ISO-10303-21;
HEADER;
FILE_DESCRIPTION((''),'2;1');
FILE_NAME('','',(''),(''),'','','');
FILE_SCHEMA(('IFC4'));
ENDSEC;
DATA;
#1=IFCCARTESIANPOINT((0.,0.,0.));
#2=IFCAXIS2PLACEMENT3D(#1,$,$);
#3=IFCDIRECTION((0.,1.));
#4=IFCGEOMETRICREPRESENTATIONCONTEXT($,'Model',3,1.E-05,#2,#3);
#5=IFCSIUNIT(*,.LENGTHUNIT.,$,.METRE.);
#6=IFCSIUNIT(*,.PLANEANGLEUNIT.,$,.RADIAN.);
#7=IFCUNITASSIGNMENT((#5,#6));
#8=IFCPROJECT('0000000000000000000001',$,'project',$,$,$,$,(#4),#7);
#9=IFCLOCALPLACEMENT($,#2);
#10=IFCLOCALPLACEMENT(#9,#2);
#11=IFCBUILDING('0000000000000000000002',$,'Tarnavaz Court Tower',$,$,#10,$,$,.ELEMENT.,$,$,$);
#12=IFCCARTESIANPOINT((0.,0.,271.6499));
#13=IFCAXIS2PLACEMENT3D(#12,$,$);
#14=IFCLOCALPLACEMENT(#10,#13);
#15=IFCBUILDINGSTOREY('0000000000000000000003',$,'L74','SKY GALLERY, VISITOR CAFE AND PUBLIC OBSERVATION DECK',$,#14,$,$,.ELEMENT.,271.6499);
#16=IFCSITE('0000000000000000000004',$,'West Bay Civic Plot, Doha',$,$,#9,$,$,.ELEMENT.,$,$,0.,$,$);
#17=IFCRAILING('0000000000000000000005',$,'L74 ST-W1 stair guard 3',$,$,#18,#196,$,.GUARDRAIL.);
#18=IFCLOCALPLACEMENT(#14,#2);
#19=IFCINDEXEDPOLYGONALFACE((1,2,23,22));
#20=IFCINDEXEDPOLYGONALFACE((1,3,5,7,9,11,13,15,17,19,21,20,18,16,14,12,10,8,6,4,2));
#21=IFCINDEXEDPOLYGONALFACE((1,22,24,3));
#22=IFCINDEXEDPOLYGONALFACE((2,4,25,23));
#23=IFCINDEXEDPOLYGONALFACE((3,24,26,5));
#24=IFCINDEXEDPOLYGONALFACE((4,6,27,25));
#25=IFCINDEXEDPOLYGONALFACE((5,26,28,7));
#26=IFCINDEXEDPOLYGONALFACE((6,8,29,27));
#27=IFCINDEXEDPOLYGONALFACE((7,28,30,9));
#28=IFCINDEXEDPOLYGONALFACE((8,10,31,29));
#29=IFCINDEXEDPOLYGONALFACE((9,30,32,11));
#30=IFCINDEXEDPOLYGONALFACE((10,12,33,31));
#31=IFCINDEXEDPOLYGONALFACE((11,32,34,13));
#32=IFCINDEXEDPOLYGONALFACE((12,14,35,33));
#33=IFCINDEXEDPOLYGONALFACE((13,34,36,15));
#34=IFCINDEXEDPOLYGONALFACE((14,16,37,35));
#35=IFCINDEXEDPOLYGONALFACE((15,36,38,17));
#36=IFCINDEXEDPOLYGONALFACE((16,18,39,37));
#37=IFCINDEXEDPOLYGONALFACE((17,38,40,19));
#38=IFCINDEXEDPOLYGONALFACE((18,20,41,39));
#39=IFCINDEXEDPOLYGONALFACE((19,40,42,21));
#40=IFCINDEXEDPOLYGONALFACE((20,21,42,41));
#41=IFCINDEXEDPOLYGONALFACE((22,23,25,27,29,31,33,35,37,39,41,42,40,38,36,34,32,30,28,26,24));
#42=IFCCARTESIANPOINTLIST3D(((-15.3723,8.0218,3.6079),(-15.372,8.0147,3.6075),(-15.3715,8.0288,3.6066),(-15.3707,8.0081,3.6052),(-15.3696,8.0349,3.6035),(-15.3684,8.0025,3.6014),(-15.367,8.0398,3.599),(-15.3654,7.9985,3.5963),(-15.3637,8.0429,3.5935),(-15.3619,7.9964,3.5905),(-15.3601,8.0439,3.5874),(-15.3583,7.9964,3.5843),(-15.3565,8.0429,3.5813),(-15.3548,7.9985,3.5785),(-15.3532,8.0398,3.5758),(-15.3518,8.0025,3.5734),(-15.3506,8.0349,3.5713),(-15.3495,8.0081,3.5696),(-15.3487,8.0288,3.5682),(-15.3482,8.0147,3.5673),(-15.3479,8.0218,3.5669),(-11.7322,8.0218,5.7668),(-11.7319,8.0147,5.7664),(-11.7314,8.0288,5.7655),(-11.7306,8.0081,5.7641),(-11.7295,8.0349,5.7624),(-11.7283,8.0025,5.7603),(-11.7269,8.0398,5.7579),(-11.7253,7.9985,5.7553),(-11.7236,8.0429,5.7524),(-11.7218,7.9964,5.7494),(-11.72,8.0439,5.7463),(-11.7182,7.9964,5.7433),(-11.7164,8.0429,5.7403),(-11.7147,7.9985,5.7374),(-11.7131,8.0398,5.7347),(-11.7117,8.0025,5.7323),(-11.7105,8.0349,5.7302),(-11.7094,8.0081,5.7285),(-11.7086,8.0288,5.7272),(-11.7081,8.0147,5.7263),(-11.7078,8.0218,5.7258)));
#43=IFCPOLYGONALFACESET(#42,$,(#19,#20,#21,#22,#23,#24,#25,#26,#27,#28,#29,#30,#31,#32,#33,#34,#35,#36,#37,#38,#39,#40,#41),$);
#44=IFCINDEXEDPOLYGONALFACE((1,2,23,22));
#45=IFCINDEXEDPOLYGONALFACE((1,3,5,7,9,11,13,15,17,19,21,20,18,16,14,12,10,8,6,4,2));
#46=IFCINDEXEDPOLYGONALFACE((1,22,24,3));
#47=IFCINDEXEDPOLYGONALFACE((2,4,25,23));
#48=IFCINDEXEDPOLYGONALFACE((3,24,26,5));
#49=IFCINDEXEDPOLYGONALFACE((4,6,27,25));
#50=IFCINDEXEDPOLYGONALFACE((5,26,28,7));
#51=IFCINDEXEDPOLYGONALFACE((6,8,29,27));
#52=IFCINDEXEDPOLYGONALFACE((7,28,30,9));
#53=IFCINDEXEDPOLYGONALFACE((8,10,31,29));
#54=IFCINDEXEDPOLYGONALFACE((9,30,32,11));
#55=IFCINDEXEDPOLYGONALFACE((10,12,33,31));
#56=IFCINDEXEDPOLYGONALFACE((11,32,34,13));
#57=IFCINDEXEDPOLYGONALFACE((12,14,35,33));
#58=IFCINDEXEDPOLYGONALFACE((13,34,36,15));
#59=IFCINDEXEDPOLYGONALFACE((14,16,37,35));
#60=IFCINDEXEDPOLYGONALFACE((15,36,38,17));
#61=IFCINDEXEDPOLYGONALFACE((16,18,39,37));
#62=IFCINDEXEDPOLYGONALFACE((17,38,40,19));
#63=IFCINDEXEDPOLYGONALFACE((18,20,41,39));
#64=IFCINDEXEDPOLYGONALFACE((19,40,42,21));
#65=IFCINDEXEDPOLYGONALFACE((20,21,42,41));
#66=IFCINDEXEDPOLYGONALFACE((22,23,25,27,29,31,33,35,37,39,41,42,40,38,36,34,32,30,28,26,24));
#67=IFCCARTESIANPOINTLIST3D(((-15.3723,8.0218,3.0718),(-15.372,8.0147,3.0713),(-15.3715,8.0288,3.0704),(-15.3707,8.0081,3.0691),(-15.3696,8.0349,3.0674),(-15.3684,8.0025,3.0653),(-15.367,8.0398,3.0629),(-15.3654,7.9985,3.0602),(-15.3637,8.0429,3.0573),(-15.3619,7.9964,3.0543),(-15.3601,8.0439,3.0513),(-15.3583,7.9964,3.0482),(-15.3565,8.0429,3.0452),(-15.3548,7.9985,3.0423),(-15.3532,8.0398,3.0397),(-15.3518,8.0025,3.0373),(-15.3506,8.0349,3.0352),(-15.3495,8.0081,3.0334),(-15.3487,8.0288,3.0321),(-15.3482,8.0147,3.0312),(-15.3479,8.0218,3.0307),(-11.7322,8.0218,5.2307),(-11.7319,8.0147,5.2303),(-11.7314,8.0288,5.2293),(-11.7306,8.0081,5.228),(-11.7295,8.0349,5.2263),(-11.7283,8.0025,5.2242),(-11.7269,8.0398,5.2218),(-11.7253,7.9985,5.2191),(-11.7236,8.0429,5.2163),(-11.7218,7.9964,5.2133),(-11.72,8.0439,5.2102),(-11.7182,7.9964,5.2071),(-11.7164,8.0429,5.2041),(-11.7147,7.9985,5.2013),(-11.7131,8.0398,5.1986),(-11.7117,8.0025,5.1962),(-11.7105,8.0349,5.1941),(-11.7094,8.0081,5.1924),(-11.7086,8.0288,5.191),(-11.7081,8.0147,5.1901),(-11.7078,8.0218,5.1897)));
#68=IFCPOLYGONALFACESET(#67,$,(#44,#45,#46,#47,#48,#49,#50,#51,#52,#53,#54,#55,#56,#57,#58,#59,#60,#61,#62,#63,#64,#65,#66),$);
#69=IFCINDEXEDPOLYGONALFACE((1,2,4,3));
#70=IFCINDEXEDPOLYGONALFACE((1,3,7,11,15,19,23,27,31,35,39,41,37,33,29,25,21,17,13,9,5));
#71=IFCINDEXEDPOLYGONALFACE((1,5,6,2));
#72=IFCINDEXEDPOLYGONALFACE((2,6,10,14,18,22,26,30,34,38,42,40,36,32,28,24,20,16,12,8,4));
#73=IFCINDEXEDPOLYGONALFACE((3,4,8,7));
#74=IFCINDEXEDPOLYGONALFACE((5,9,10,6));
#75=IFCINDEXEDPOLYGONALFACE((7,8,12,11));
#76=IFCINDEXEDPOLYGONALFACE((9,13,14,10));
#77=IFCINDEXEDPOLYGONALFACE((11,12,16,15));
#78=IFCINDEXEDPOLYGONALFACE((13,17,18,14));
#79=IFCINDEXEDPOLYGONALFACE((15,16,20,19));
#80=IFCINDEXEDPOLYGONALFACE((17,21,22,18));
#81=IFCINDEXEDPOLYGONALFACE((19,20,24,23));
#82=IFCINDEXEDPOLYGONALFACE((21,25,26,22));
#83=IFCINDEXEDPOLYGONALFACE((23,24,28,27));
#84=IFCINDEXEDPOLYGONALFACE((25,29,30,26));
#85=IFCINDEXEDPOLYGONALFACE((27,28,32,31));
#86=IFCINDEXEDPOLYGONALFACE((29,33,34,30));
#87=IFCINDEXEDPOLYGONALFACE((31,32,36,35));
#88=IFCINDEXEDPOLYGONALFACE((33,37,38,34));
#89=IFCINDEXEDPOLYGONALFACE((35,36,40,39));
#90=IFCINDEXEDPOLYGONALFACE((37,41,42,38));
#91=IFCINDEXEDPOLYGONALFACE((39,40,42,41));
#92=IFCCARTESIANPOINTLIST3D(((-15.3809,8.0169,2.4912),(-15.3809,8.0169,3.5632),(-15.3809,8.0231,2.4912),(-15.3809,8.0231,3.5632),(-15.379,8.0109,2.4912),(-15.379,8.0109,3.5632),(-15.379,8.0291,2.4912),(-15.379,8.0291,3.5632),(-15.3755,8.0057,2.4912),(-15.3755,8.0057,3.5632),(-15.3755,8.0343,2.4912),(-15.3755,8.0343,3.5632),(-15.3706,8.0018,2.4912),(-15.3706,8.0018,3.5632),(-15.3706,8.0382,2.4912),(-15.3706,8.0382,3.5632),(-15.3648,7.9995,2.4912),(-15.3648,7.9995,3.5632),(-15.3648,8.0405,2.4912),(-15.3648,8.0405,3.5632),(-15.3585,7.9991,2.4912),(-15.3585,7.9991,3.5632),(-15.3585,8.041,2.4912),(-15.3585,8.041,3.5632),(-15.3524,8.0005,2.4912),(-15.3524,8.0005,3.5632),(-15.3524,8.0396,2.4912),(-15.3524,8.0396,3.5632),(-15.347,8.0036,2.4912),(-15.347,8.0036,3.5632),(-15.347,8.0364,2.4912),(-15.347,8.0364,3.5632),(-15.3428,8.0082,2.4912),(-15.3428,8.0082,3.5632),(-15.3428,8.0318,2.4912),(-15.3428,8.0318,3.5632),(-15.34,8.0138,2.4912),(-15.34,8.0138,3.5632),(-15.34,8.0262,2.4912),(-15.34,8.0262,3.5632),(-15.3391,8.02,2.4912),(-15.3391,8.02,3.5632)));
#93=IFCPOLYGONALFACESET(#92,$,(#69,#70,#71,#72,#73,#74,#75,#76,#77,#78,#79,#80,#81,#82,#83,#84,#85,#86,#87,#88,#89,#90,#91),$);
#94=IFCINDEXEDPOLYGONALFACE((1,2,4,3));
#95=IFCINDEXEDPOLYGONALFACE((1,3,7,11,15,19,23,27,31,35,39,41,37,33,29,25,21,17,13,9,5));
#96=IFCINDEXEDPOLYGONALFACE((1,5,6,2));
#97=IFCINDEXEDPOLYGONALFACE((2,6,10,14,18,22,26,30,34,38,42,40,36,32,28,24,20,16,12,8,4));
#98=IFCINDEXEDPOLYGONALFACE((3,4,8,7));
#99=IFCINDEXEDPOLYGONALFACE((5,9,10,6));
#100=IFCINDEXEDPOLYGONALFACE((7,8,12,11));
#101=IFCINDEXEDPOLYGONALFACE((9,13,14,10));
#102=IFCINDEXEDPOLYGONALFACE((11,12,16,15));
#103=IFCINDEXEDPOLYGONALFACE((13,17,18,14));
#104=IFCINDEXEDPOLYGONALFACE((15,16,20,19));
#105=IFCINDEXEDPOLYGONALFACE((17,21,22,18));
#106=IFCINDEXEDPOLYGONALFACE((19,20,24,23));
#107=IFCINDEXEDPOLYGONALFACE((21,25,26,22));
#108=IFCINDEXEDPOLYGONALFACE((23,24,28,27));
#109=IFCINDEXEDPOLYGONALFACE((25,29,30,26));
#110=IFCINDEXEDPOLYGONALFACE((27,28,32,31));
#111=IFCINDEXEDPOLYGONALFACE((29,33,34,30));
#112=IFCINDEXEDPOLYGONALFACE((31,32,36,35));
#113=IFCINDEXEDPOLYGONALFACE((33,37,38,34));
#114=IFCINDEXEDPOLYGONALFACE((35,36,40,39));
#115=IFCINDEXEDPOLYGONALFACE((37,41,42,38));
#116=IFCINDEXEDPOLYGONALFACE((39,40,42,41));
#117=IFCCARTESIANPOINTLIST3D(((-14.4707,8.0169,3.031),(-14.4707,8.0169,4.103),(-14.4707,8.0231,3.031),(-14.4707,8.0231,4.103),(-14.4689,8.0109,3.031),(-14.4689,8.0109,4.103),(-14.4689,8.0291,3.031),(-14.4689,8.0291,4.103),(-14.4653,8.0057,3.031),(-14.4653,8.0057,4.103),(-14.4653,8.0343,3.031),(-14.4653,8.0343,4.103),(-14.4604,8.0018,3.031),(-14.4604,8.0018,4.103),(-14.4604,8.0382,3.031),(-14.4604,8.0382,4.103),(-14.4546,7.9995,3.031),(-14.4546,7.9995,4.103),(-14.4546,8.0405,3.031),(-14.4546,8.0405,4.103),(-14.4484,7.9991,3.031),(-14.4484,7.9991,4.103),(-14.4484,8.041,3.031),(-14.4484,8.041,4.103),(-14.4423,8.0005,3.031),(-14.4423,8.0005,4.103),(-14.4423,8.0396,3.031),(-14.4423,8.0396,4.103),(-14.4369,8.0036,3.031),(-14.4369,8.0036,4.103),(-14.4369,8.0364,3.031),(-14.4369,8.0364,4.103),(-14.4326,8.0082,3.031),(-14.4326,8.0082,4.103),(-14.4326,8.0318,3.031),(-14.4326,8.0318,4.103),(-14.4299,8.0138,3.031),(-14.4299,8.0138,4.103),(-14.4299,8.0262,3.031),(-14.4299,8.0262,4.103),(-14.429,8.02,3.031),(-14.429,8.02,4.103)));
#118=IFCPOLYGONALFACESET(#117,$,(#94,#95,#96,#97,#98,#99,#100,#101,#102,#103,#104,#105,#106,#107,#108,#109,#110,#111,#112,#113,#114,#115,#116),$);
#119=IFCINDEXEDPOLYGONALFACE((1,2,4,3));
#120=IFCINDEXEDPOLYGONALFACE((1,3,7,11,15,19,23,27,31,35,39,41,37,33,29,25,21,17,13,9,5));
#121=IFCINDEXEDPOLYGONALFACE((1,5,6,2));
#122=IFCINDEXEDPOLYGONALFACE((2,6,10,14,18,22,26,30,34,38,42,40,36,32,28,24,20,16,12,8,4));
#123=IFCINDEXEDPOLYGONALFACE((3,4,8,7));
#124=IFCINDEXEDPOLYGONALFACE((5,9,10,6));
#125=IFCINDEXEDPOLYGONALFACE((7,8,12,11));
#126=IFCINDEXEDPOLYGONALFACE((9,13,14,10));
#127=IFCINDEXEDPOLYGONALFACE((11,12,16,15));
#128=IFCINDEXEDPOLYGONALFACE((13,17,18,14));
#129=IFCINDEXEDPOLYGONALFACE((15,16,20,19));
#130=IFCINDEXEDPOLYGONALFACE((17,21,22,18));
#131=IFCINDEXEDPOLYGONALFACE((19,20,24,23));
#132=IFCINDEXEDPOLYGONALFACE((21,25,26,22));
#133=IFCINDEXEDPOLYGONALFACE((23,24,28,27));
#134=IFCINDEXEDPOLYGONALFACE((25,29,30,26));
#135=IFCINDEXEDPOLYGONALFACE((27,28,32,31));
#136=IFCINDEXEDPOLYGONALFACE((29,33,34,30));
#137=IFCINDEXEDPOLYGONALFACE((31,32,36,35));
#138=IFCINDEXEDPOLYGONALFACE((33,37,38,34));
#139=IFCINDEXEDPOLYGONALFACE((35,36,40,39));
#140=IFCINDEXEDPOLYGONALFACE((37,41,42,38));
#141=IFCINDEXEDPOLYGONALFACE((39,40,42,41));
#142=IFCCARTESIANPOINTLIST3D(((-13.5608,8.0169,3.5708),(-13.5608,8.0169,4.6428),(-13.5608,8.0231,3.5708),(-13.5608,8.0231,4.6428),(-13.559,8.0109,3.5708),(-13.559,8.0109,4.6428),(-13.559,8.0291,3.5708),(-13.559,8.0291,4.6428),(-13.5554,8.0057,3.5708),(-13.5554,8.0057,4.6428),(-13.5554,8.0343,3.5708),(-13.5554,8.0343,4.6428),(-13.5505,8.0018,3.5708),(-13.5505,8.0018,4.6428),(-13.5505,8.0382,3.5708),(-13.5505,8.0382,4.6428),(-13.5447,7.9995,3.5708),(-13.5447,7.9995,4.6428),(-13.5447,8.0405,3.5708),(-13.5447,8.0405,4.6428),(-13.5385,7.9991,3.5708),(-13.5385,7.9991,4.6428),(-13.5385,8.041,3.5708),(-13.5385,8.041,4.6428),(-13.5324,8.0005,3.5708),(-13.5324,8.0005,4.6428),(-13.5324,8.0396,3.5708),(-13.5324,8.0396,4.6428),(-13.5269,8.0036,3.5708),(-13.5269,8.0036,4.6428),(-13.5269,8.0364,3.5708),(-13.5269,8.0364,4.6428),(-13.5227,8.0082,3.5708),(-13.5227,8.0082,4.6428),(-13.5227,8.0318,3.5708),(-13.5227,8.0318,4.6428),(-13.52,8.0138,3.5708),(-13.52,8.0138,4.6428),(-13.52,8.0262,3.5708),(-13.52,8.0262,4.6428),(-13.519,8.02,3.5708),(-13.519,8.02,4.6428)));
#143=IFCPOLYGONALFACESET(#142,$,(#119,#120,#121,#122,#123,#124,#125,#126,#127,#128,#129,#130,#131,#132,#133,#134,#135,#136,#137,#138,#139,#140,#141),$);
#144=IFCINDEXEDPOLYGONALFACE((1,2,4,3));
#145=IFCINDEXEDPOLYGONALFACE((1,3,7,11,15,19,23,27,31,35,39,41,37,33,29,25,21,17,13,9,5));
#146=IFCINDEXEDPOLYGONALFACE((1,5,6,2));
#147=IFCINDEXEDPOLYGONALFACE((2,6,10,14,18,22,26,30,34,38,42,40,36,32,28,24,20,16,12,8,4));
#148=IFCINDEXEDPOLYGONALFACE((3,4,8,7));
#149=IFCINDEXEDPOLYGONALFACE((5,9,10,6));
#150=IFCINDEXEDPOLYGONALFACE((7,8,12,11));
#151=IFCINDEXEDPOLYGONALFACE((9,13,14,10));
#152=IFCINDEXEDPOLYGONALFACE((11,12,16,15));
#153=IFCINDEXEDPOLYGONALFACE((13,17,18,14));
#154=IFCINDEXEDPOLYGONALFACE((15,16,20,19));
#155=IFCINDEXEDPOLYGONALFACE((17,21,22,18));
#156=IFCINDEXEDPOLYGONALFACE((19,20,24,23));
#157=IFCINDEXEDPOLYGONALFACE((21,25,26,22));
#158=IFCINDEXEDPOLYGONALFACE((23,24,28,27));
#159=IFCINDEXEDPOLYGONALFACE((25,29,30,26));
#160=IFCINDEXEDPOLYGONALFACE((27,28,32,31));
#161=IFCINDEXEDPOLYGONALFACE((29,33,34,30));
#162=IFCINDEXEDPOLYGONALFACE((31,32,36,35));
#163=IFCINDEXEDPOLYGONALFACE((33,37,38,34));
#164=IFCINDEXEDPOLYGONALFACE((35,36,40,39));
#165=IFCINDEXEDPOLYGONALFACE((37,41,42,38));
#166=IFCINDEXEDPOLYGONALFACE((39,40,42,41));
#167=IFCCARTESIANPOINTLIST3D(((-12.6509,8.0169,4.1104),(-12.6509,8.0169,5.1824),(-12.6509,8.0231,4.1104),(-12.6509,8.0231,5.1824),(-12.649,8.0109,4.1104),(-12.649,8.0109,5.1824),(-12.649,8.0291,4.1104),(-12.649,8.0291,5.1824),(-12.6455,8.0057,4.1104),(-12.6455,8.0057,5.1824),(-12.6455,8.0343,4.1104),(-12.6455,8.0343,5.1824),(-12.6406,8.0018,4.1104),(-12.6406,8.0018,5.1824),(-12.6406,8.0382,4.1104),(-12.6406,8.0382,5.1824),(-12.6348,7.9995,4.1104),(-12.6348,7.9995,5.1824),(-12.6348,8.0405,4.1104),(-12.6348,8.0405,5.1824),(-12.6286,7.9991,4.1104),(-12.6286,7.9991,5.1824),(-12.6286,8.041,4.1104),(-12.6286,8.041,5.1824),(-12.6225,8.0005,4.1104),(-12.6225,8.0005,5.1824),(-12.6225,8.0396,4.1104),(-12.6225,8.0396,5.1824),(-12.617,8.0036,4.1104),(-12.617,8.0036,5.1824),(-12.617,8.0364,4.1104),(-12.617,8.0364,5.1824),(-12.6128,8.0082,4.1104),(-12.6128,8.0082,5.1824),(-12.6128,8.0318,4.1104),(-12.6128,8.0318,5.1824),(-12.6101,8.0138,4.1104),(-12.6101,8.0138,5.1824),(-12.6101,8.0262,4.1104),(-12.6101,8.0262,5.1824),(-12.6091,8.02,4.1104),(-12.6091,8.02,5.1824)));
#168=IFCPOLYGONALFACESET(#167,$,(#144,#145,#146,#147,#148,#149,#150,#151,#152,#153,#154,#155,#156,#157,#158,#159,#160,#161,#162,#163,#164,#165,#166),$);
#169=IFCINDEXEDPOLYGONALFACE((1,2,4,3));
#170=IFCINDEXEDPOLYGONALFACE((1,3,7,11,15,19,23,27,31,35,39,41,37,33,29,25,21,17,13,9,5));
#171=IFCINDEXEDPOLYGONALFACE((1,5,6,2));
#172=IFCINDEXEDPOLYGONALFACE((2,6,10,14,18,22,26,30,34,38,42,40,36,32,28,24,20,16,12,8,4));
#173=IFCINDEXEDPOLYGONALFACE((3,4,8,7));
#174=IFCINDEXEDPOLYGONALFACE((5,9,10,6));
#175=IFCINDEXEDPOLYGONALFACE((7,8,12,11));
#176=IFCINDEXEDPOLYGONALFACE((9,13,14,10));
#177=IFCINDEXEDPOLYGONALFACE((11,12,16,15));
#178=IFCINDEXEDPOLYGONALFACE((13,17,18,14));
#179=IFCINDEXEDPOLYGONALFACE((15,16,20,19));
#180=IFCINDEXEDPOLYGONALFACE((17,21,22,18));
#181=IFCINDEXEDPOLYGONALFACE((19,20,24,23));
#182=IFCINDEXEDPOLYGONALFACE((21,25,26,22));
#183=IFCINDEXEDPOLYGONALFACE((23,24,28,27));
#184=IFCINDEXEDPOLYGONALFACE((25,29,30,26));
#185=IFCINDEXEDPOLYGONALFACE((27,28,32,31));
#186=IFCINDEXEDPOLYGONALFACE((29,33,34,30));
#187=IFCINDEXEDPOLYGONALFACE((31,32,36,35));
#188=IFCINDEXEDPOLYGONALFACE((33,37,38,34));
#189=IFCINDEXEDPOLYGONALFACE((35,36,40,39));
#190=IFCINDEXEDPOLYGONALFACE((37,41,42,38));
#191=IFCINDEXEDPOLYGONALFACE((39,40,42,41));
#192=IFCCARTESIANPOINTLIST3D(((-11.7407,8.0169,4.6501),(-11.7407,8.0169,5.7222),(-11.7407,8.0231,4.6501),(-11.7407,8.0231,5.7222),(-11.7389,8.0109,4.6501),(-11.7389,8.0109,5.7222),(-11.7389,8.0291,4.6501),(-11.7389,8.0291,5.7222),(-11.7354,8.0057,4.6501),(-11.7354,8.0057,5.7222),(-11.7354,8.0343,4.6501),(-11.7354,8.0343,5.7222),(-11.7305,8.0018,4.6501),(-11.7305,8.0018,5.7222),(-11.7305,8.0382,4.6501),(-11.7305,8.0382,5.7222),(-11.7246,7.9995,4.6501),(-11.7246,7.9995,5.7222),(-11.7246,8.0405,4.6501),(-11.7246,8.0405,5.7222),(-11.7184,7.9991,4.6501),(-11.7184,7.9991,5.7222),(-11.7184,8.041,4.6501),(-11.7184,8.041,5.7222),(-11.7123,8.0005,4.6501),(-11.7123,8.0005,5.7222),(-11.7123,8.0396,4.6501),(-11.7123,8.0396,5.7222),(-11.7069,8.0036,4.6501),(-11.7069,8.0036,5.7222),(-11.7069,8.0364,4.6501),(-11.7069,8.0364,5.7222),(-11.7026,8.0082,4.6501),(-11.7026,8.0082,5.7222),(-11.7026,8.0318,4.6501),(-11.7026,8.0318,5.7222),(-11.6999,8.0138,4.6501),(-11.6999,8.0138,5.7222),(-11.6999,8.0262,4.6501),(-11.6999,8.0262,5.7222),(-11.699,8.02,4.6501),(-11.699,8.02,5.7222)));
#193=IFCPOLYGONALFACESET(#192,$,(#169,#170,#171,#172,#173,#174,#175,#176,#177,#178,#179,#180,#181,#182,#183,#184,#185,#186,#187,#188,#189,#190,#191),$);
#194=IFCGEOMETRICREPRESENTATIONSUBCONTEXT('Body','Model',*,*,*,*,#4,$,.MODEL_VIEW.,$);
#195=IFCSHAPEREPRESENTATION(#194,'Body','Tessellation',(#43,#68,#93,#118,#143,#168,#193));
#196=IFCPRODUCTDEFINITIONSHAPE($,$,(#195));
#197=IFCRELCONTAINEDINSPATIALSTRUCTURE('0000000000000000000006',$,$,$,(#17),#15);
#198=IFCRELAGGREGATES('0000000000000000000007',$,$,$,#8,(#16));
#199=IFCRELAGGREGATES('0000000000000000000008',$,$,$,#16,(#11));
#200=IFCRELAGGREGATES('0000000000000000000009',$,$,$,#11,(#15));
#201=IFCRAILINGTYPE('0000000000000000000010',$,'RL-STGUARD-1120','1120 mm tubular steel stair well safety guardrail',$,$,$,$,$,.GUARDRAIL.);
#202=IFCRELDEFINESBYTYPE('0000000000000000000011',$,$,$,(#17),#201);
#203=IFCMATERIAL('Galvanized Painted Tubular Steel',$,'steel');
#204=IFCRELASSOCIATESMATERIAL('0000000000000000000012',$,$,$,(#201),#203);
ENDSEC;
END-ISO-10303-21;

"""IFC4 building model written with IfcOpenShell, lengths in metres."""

from ifc_helpers import new_model, si_unit, direction, frame, origin, origin_2d, place, context, subcontext, project, spatial, circle, extrude, material, type_object, element, save


model = new_model("IFC4")

# Units and contexts
model_context = context("Model", 3, precision=1e-05, world=origin(), true_north=direction((0.0, 1.0)))
body_context = subcontext(model_context, "Body", "Model", "MODEL_VIEW")
ifc_project = project(units=[si_unit("LENGTHUNIT", "METRE"), si_unit("PLANEANGLEUNIT", "RADIAN")], contexts=[model_context])

# Site, building, storey
site_placement = place(None, origin())
site = spatial("IfcSite", under=ifc_project, at=site_placement, Name="West Bay Civic Plot, Doha", CompositionType="ELEMENT", RefElevation=0.0)
building_placement = place(site_placement, origin())
building = spatial("IfcBuilding", under=site, at=building_placement, Name="Tarnavaz Court Tower", CompositionType="ELEMENT")
storey_placement = place(building_placement, frame((0.0, 0.0, 271.6499)))
storey = spatial("IfcBuildingStorey", under=building, at=storey_placement, Name="L74", Description="SKY GALLERY, VISITOR CAFE AND PUBLIC OBSERVATION DECK", CompositionType="ELEMENT", Elevation=271.6499)

# Railing
ifc_material_1 = material(Name="Galvanized Painted Tubular Steel", Category="steel")
railing_type_1 = type_object("IfcRailingType", Name="RL-STGUARD-1120", Description="1120 mm tubular steel stair well safety guardrail", PredefinedType="GUARDRAIL", material=ifc_material_1)
railing_1_placement = place(storey_placement, frame((-15.3601, 8.02, 2.4912)))
element("IfcRailing", 1, at=railing_1_placement, inside=storey, type_object=railing_type_1, Name="L74 ST-W1 stair guard 3", PredefinedType="GUARDRAIL", context=body_context, shape_type="SweptSolid", body=[
    extrude(circle(Radius=0.0239, at=origin_2d()), frame((0.0, 0.0, 1.0962), z_axis=(0.860103, 0.0, 0.51012), x_axis=(0.0, 1.0, 0.0)), (0.0, 0.0, 1.0), 4.2322),
    extrude(circle(Radius=0.0239, at=origin_2d()), frame((0.0, 0.0, 0.5601), z_axis=(0.860103, 0.0, 0.51012), x_axis=(0.0, 1.0, 0.0)), (0.0, 0.0, 1.0), 4.2322),
    extrude(circle(Radius=0.021, at=origin_2d()), origin(), (0.0, 0.0, 1.0), 1.072),
    extrude(circle(Radius=0.021, at=origin_2d()), frame((0.9102, 0.0, 0.5398)), (0.0, 0.0, 1.0), 1.072),
    extrude(circle(Radius=0.021, at=origin_2d()), frame((1.8201, 0.0, 1.0796)), (0.0, 0.0, 1.0), 1.072),
    extrude(circle(Radius=0.021, at=origin_2d()), frame((2.73, 0.0, 1.6191)), (0.0, 0.0, 1.0), 1.072),
    extrude(circle(Radius=0.021, at=origin_2d()), frame((3.6401, 0.0, 2.1589)), (0.0, 0.0, 1.0), 1.072),
])

save(model, "model.ifc")
